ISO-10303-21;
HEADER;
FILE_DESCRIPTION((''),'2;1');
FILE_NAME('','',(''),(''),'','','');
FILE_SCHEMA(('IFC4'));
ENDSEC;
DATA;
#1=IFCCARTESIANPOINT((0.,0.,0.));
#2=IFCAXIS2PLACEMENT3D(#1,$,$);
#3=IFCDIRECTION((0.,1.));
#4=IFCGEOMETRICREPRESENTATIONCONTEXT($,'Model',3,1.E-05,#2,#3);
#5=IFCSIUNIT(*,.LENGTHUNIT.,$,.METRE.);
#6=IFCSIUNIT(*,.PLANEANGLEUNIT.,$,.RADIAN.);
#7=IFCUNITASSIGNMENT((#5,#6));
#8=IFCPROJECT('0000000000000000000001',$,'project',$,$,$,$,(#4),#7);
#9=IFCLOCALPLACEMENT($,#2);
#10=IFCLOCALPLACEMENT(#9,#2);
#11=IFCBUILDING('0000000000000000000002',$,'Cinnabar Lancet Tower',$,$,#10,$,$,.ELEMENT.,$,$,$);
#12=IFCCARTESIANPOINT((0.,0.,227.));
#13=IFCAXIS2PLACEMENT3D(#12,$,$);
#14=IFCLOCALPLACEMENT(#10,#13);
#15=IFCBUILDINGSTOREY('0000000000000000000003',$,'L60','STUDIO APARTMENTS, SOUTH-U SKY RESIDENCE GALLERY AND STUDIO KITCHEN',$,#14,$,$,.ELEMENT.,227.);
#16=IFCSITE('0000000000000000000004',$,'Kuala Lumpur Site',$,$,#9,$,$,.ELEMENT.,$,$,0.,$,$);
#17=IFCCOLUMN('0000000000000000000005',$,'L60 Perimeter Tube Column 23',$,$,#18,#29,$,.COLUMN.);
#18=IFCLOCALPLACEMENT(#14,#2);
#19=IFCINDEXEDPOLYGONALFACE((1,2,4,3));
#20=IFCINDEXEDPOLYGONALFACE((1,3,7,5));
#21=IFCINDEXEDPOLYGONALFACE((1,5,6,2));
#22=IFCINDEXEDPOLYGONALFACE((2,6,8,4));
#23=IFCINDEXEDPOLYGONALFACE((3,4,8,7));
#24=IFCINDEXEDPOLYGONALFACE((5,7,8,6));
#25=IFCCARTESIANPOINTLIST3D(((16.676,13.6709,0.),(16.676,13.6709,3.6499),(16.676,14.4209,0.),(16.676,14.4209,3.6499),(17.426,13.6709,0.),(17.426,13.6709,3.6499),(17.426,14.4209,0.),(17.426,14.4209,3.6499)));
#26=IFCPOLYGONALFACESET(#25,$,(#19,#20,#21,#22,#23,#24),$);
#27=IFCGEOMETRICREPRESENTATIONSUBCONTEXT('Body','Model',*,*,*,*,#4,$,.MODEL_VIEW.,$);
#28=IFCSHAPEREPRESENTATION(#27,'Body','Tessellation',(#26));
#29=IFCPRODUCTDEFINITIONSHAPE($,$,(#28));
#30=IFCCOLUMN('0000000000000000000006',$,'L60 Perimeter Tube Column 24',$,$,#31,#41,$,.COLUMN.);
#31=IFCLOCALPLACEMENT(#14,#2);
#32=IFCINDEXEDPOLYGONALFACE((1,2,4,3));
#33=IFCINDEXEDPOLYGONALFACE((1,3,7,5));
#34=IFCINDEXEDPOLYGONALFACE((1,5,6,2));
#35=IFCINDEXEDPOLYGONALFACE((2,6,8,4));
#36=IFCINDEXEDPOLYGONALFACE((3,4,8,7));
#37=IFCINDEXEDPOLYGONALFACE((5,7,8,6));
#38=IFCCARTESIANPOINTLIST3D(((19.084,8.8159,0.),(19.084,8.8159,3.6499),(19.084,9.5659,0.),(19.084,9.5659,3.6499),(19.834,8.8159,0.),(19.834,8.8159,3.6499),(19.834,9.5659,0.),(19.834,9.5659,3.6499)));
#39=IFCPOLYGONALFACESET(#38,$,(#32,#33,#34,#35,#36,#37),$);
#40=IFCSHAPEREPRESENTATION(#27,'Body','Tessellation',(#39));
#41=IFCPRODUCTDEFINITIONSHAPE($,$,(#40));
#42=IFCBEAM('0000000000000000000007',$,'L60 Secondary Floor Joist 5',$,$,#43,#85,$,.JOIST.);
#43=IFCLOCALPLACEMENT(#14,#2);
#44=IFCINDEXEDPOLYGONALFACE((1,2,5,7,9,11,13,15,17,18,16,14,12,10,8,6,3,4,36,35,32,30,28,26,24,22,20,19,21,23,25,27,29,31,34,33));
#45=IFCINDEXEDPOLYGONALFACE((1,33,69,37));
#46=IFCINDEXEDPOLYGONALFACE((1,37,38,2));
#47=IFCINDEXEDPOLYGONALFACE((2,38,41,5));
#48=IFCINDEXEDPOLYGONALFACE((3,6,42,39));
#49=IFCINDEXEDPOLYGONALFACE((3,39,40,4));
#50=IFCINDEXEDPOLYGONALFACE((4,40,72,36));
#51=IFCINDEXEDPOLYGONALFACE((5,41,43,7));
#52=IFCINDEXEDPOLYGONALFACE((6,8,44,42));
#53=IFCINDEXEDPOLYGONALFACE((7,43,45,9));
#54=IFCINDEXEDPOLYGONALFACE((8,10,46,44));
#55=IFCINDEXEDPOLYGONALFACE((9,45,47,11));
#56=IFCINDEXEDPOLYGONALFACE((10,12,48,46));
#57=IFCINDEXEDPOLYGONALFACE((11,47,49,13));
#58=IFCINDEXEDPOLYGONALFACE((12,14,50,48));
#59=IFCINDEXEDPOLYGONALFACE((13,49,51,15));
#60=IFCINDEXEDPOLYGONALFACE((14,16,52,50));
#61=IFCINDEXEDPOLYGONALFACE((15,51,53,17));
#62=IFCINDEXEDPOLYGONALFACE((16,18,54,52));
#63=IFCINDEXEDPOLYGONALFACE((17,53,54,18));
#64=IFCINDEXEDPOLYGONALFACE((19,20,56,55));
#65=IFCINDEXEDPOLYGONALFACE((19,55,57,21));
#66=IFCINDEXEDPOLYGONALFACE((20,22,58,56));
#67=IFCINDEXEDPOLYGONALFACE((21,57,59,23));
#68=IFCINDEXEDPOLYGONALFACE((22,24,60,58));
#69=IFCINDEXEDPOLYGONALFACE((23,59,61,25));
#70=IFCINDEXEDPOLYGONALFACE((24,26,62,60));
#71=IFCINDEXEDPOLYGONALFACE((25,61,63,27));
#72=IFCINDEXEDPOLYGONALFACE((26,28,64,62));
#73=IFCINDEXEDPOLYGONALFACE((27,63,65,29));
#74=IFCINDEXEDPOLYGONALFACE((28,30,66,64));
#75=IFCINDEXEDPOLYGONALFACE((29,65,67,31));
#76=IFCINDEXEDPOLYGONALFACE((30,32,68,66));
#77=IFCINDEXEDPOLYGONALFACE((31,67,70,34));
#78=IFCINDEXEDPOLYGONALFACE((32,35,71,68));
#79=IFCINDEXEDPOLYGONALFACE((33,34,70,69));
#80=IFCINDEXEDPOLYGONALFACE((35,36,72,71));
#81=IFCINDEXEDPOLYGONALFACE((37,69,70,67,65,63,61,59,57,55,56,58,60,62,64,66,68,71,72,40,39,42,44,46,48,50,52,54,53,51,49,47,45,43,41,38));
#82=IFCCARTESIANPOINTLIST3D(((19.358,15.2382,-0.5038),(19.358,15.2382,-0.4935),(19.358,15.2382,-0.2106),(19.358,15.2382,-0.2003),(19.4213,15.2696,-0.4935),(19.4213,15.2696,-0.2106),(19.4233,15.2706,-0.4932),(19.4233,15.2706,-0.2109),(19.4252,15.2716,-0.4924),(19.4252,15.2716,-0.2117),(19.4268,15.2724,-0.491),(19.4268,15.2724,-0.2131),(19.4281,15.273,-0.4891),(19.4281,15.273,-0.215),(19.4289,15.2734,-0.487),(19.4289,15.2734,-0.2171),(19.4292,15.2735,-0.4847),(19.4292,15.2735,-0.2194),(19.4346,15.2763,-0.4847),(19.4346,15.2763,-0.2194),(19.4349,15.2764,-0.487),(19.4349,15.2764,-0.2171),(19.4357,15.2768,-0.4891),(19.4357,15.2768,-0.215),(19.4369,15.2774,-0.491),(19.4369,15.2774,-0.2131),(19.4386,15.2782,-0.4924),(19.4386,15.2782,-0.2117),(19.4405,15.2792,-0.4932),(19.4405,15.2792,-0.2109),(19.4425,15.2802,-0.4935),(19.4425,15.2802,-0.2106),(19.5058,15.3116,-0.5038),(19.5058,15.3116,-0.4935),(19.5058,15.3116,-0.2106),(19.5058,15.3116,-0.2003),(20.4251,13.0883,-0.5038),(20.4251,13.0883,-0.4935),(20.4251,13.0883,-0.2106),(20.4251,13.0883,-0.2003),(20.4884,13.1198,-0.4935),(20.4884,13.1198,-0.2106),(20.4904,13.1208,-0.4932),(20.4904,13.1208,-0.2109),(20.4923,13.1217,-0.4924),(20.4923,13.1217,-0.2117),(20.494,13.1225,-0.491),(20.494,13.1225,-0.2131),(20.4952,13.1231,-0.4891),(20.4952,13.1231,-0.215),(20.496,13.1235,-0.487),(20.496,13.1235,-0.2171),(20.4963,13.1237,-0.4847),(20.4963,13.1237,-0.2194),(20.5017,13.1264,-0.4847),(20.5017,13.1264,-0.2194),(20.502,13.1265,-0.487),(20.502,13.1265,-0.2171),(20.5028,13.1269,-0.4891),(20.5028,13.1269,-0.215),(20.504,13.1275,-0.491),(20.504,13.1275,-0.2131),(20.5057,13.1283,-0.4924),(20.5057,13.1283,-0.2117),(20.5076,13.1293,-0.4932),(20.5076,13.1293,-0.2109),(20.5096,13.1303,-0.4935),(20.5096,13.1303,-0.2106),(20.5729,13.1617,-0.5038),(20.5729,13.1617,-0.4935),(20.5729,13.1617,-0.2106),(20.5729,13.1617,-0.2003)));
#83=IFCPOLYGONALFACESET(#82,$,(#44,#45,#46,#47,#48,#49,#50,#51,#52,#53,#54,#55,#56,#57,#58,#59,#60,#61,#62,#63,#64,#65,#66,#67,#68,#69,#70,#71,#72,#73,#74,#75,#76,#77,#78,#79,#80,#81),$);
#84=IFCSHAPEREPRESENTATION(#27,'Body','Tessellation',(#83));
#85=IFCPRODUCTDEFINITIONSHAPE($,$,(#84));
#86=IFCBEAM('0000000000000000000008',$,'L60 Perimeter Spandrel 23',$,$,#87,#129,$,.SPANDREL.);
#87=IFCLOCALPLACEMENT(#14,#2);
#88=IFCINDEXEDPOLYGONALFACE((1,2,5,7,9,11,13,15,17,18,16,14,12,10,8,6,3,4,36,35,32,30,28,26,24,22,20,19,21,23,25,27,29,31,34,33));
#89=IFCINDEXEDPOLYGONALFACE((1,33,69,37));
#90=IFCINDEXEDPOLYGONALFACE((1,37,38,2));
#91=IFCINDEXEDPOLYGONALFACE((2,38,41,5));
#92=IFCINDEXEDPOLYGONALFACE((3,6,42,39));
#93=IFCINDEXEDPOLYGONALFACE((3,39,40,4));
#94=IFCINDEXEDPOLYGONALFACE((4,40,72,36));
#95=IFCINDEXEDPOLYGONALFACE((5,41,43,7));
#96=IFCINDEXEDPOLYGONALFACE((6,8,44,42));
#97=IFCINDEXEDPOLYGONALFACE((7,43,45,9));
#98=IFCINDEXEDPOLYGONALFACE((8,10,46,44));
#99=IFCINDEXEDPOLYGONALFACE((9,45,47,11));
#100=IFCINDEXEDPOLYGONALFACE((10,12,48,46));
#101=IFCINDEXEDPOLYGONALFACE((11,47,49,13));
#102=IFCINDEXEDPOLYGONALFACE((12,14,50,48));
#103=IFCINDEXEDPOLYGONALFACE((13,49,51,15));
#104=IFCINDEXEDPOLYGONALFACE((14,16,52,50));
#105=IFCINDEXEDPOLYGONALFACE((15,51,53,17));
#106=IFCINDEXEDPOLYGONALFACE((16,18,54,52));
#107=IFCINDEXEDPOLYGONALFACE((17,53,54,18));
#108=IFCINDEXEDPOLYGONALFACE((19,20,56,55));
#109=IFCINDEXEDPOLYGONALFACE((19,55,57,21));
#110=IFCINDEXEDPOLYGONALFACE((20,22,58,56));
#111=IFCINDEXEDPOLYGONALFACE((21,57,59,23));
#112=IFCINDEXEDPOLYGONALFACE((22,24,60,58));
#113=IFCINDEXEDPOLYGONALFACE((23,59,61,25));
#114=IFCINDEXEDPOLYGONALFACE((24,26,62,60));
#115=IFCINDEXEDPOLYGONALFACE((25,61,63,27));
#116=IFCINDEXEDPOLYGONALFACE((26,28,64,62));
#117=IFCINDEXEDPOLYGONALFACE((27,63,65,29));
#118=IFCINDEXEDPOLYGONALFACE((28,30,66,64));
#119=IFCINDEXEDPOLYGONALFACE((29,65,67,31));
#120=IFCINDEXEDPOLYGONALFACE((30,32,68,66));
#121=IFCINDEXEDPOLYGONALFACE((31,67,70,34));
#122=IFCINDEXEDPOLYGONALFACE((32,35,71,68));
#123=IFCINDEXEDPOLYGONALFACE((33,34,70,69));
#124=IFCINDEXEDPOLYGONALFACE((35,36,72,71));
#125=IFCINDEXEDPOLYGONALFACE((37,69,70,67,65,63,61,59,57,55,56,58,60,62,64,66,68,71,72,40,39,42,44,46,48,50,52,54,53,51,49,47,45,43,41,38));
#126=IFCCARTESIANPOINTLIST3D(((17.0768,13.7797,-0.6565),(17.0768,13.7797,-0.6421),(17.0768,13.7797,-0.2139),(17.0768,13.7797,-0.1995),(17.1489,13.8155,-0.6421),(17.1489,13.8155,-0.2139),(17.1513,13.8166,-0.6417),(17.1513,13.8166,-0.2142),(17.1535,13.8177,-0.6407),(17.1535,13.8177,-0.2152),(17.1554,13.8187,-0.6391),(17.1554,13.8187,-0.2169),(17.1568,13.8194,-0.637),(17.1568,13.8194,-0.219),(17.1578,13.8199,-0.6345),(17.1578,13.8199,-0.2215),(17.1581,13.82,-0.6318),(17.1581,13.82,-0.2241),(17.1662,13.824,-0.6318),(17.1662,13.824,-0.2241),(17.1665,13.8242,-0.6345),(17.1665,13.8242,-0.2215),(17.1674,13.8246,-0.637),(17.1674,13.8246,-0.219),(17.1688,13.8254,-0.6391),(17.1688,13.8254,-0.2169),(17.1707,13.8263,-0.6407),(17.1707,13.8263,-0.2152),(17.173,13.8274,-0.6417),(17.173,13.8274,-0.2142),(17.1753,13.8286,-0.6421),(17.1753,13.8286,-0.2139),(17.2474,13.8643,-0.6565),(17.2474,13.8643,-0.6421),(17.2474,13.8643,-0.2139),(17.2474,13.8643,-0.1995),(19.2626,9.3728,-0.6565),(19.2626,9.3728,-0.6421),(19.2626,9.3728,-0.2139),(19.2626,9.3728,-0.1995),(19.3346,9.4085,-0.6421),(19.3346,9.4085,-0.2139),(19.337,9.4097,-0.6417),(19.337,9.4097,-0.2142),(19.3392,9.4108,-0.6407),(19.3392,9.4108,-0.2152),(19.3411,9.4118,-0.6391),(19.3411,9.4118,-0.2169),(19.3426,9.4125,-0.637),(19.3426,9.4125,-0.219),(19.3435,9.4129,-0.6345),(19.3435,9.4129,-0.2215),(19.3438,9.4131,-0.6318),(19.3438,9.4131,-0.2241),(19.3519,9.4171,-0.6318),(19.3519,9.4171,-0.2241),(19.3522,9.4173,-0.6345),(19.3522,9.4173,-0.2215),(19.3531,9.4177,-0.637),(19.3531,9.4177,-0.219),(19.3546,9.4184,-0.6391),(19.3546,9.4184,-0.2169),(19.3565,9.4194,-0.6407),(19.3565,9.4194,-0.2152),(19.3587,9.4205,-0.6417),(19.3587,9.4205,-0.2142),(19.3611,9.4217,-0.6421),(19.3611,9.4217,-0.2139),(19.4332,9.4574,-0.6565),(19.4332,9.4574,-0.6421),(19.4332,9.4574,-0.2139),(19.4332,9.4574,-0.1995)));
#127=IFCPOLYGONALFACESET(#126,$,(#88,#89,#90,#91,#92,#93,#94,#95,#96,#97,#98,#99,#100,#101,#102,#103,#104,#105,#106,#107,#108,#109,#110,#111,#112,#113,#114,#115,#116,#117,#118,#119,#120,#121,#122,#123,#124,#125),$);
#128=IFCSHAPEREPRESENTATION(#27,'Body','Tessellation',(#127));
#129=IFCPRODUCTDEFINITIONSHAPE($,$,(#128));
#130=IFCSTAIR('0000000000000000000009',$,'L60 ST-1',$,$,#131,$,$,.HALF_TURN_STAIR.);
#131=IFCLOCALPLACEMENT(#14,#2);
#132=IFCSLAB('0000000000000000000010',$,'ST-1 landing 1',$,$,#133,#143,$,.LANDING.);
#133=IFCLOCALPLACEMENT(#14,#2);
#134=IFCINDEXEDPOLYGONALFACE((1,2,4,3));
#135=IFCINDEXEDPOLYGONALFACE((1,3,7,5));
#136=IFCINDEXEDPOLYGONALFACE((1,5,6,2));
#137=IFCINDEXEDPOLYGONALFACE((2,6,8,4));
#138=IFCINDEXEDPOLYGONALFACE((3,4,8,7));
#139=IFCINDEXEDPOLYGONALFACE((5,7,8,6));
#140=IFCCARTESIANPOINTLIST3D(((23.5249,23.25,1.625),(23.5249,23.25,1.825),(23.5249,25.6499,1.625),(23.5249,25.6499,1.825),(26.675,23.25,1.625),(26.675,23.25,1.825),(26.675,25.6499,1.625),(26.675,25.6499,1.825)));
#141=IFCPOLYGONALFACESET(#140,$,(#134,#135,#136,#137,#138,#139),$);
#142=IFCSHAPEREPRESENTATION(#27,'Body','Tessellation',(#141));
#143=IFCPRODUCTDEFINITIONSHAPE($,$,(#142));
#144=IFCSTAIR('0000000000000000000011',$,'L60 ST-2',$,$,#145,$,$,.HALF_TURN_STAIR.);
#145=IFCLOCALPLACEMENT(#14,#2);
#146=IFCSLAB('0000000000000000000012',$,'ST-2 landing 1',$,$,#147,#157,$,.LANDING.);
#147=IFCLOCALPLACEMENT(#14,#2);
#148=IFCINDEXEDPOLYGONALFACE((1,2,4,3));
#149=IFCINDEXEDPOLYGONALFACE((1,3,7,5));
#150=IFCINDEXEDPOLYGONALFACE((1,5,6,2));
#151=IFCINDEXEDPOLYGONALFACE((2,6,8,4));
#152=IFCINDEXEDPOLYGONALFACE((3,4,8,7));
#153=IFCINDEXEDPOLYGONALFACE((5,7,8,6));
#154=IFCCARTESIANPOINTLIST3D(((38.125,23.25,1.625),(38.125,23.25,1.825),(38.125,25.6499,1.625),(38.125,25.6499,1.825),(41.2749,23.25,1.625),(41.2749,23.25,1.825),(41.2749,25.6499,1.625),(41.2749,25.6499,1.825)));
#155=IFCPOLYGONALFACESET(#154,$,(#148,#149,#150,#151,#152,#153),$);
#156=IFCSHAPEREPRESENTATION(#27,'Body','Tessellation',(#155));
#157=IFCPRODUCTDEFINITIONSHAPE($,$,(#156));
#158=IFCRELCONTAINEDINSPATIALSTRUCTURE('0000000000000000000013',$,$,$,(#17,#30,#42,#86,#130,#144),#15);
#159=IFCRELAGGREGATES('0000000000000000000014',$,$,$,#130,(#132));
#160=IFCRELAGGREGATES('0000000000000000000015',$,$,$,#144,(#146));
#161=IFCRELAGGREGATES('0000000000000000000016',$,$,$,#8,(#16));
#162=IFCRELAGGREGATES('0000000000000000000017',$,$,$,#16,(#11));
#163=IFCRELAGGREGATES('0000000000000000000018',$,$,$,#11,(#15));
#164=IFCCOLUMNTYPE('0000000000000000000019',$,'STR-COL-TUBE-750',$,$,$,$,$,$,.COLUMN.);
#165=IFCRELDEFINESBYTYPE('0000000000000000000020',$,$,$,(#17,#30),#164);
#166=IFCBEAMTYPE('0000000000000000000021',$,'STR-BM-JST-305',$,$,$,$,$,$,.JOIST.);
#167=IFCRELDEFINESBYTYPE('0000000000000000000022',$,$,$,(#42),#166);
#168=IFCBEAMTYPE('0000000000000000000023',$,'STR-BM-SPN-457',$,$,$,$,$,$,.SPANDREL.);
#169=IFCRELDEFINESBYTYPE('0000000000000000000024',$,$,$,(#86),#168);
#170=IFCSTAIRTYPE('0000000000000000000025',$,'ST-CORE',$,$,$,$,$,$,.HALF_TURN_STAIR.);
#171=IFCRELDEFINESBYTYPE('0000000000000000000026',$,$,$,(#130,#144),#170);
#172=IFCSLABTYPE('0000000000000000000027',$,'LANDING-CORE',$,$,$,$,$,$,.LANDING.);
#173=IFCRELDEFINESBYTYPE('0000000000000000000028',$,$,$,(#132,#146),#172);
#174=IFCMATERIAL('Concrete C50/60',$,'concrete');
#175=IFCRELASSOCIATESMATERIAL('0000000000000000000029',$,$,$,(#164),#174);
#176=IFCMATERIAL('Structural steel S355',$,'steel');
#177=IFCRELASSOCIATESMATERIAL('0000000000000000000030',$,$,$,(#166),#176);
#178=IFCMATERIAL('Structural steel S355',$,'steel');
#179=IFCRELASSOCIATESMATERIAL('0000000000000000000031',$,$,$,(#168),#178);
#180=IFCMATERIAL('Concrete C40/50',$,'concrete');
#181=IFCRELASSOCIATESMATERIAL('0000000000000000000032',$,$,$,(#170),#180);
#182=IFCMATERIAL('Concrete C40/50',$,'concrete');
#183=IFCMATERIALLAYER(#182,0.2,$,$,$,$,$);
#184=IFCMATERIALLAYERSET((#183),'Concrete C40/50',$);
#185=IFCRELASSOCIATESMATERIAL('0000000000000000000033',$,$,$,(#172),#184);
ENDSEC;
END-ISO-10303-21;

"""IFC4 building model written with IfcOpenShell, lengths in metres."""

from ifc_helpers import new_model, si_unit, direction, frame, origin, origin_2d, place, context, subcontext, project, spatial, polyline, rectangle, i_section, outline, extrude, material, layer, layer_set, material_profile, profile_set, type_object, element, aggregate, save


model = new_model("IFC4")

# Units and contexts
model_context = context("Model", 3, precision=1e-05, world=origin(), true_north=direction((0.0, 1.0)))
body_context = subcontext(model_context, "Body", "Model", "MODEL_VIEW")
ifc_project = project(units=[si_unit("LENGTHUNIT", "METRE"), si_unit("PLANEANGLEUNIT", "RADIAN")], contexts=[model_context])

# Site, building, storey
site_placement = place(None, origin())
site = spatial("IfcSite", under=ifc_project, at=site_placement, Name="Kuala Lumpur Site", CompositionType="ELEMENT", RefElevation=0.0)
building_placement = place(site_placement, origin())
building = spatial("IfcBuilding", under=site, at=building_placement, Name="Cinnabar Lancet Tower", CompositionType="ELEMENT")
storey_placement = place(building_placement, frame((0.0, 0.0, 227.0)))
storey = spatial("IfcBuildingStorey", under=building, at=storey_placement, Name="L60", Description="STUDIO APARTMENTS, SOUTH-U SKY RESIDENCE GALLERY AND STUDIO KITCHEN", CompositionType="ELEMENT", Elevation=227.0)

# Columns
ifc_material_1 = material(Name="Concrete C50/60", Category="concrete")
ifc_material_profile_1 = material_profile(ifc_material_1, rectangle(XDim=0.75, YDim=0.75, at=origin_2d()), Name="RC-COL 750x750")
ifc_profile_set_1 = profile_set([ifc_material_profile_1], Name="Concrete C50/60")
column_type = type_object("IfcColumnType", Name="STR-COL-TUBE-750", PredefinedType="COLUMN", material=ifc_profile_set_1)
for number, where, z_axis, x_axis, name in (
    (1, (17.051, 14.0459, 0.0), (0.0, 0.0, 1.0), (1.0, 0.0, 0.0), "L60 Perimeter Tube Column 23"),
    (2, (19.459, 9.1909, 0.0), (0.0, 0.0, 1.0), (1.0, 0.0, 0.0), "L60 Perimeter Tube Column 24"),
):
    element("IfcColumn", number, at=place(storey_placement, frame(where, z_axis=z_axis, x_axis=x_axis)), inside=storey, type_object=column_type, Name=name, PredefinedType="COLUMN", context=body_context, shape_type="SweptSolid", body=[
        extrude(rectangle(XDim=0.75, YDim=0.75, at=origin_2d()), origin(), (0.0, 0.0, 1.0), 3.6499),
    ])

# Beams
ifc_material_2 = material(Name="Structural steel S355", Category="steel")
ifc_material_profile_2 = material_profile(ifc_material_2, i_section(OverallWidth=0.165, OverallDepth=0.3035, WebThickness=0.0061, FlangeThickness=0.0103, FilletRadius=0.0088, at=origin_2d()), Name="UKB 305x165x40")
ifc_profile_set_2 = profile_set([ifc_material_profile_2], Name="Structural steel S355")
beam_type_1 = type_object("IfcBeamType", Name="STR-BM-JST-305", PredefinedType="JOIST", material=ifc_profile_set_2)
beam_1_placement = place(storey_placement, frame((19.4319, 15.2749, -0.3521), z_axis=(0.444608, -0.895725, 0.0), x_axis=(0.895725, 0.444608, 0.0)))
element("IfcBeam", 3, at=beam_1_placement, inside=storey, type_object=beam_type_1, Name="L60 Secondary Floor Joist 5", PredefinedType="JOIST", context=body_context, shape_type="SweptSolid", body=[
    extrude(i_section(OverallWidth=0.165, OverallDepth=0.3035, WebThickness=0.0061, FlangeThickness=0.0103, FilletRadius=0.0088, at=origin_2d()), origin(), (0.0, 0.0, 1.0), 2.4001),
])
ifc_material_3 = material(Name="Structural steel S355", Category="steel")
ifc_material_profile_3 = material_profile(ifc_material_3, i_section(OverallWidth=0.1904, OverallDepth=0.457, WebThickness=0.009, FlangeThickness=0.0144, FilletRadius=0.0103, at=origin_2d()), Name="UKB 457x191x74")
ifc_profile_set_3 = profile_set([ifc_material_profile_3], Name="Structural steel S355")
beam_type_2 = type_object("IfcBeamType", Name="STR-BM-SPN-457", PredefinedType="SPANDREL", material=ifc_profile_set_3)
beam_2_placement = place(storey_placement, frame((17.1621, 13.822, -0.428), z_axis=(0.444333, -0.895862, 0.0), x_axis=(0.895862, 0.444333, 0.0)))
element("IfcBeam", 4, at=beam_2_placement, inside=storey, type_object=beam_type_2, Name="L60 Perimeter Spandrel 23", PredefinedType="SPANDREL", context=body_context, shape_type="SweptSolid", body=[
    extrude(i_section(OverallWidth=0.1904, OverallDepth=0.457, WebThickness=0.009, FlangeThickness=0.0144, FilletRadius=0.0103, at=origin_2d()), origin(), (0.0, 0.0, 1.0), 4.9192),
])

# Stairs, slabs
ifc_material_4 = material(Name="Concrete C40/50", Category="concrete")
stair_type = type_object("IfcStairType", Name="ST-CORE", PredefinedType="HALF_TURN_STAIR", material=ifc_material_4)
stair_1_placement = place(storey_placement, origin())
stair_1 = element("IfcStair", 5, at=stair_1_placement, inside=storey, type_object=stair_type, Name="L60 ST-1", PredefinedType="HALF_TURN_STAIR")
ifc_material_5 = material(Name="Concrete C40/50", Category="concrete")
ifc_layer_1 = layer(ifc_material_5, 0.2)
ifc_layer_set_1 = layer_set([ifc_layer_1], Name="Concrete C40/50")
slab_type_1 = type_object("IfcSlabType", Name="LANDING-CORE", PredefinedType="LANDING", material=ifc_layer_set_1)
slab_1_placement = place(storey_placement, frame((0.0, 0.0, 1.625)))
slab_1 = element("IfcSlab", 6, at=slab_1_placement, type_object=slab_type_1, Name="ST-1 landing 1", PredefinedType="LANDING", context=body_context, shape_type="SweptSolid", body=[
    extrude(outline(polyline([(23.5249, 25.6499), (23.5249, 23.25), (26.675, 23.25), (26.675, 25.6499), (23.5249, 25.6499)])), origin(), (0.0, 0.0, 1.0), 0.2),
])
aggregate(stair_1, [slab_1])
stair_2_placement = place(storey_placement, origin())
stair_2 = element("IfcStair", 7, at=stair_2_placement, inside=storey, type_object=stair_type, Name="L60 ST-2", PredefinedType="HALF_TURN_STAIR")
slab_2_placement = place(storey_placement, frame((0.0, 0.0, 1.625)))
slab_2 = element("IfcSlab", 8, at=slab_2_placement, type_object=slab_type_1, Name="ST-2 landing 1", PredefinedType="LANDING", context=body_context, shape_type="SweptSolid", body=[
    extrude(outline(polyline([(38.125, 25.6499), (38.125, 23.25), (41.2749, 23.25), (41.2749, 25.6499), (38.125, 25.6499)])), origin(), (0.0, 0.0, 1.0), 0.2),
])
aggregate(stair_2, [slab_2])

save(model, "model.ifc")
